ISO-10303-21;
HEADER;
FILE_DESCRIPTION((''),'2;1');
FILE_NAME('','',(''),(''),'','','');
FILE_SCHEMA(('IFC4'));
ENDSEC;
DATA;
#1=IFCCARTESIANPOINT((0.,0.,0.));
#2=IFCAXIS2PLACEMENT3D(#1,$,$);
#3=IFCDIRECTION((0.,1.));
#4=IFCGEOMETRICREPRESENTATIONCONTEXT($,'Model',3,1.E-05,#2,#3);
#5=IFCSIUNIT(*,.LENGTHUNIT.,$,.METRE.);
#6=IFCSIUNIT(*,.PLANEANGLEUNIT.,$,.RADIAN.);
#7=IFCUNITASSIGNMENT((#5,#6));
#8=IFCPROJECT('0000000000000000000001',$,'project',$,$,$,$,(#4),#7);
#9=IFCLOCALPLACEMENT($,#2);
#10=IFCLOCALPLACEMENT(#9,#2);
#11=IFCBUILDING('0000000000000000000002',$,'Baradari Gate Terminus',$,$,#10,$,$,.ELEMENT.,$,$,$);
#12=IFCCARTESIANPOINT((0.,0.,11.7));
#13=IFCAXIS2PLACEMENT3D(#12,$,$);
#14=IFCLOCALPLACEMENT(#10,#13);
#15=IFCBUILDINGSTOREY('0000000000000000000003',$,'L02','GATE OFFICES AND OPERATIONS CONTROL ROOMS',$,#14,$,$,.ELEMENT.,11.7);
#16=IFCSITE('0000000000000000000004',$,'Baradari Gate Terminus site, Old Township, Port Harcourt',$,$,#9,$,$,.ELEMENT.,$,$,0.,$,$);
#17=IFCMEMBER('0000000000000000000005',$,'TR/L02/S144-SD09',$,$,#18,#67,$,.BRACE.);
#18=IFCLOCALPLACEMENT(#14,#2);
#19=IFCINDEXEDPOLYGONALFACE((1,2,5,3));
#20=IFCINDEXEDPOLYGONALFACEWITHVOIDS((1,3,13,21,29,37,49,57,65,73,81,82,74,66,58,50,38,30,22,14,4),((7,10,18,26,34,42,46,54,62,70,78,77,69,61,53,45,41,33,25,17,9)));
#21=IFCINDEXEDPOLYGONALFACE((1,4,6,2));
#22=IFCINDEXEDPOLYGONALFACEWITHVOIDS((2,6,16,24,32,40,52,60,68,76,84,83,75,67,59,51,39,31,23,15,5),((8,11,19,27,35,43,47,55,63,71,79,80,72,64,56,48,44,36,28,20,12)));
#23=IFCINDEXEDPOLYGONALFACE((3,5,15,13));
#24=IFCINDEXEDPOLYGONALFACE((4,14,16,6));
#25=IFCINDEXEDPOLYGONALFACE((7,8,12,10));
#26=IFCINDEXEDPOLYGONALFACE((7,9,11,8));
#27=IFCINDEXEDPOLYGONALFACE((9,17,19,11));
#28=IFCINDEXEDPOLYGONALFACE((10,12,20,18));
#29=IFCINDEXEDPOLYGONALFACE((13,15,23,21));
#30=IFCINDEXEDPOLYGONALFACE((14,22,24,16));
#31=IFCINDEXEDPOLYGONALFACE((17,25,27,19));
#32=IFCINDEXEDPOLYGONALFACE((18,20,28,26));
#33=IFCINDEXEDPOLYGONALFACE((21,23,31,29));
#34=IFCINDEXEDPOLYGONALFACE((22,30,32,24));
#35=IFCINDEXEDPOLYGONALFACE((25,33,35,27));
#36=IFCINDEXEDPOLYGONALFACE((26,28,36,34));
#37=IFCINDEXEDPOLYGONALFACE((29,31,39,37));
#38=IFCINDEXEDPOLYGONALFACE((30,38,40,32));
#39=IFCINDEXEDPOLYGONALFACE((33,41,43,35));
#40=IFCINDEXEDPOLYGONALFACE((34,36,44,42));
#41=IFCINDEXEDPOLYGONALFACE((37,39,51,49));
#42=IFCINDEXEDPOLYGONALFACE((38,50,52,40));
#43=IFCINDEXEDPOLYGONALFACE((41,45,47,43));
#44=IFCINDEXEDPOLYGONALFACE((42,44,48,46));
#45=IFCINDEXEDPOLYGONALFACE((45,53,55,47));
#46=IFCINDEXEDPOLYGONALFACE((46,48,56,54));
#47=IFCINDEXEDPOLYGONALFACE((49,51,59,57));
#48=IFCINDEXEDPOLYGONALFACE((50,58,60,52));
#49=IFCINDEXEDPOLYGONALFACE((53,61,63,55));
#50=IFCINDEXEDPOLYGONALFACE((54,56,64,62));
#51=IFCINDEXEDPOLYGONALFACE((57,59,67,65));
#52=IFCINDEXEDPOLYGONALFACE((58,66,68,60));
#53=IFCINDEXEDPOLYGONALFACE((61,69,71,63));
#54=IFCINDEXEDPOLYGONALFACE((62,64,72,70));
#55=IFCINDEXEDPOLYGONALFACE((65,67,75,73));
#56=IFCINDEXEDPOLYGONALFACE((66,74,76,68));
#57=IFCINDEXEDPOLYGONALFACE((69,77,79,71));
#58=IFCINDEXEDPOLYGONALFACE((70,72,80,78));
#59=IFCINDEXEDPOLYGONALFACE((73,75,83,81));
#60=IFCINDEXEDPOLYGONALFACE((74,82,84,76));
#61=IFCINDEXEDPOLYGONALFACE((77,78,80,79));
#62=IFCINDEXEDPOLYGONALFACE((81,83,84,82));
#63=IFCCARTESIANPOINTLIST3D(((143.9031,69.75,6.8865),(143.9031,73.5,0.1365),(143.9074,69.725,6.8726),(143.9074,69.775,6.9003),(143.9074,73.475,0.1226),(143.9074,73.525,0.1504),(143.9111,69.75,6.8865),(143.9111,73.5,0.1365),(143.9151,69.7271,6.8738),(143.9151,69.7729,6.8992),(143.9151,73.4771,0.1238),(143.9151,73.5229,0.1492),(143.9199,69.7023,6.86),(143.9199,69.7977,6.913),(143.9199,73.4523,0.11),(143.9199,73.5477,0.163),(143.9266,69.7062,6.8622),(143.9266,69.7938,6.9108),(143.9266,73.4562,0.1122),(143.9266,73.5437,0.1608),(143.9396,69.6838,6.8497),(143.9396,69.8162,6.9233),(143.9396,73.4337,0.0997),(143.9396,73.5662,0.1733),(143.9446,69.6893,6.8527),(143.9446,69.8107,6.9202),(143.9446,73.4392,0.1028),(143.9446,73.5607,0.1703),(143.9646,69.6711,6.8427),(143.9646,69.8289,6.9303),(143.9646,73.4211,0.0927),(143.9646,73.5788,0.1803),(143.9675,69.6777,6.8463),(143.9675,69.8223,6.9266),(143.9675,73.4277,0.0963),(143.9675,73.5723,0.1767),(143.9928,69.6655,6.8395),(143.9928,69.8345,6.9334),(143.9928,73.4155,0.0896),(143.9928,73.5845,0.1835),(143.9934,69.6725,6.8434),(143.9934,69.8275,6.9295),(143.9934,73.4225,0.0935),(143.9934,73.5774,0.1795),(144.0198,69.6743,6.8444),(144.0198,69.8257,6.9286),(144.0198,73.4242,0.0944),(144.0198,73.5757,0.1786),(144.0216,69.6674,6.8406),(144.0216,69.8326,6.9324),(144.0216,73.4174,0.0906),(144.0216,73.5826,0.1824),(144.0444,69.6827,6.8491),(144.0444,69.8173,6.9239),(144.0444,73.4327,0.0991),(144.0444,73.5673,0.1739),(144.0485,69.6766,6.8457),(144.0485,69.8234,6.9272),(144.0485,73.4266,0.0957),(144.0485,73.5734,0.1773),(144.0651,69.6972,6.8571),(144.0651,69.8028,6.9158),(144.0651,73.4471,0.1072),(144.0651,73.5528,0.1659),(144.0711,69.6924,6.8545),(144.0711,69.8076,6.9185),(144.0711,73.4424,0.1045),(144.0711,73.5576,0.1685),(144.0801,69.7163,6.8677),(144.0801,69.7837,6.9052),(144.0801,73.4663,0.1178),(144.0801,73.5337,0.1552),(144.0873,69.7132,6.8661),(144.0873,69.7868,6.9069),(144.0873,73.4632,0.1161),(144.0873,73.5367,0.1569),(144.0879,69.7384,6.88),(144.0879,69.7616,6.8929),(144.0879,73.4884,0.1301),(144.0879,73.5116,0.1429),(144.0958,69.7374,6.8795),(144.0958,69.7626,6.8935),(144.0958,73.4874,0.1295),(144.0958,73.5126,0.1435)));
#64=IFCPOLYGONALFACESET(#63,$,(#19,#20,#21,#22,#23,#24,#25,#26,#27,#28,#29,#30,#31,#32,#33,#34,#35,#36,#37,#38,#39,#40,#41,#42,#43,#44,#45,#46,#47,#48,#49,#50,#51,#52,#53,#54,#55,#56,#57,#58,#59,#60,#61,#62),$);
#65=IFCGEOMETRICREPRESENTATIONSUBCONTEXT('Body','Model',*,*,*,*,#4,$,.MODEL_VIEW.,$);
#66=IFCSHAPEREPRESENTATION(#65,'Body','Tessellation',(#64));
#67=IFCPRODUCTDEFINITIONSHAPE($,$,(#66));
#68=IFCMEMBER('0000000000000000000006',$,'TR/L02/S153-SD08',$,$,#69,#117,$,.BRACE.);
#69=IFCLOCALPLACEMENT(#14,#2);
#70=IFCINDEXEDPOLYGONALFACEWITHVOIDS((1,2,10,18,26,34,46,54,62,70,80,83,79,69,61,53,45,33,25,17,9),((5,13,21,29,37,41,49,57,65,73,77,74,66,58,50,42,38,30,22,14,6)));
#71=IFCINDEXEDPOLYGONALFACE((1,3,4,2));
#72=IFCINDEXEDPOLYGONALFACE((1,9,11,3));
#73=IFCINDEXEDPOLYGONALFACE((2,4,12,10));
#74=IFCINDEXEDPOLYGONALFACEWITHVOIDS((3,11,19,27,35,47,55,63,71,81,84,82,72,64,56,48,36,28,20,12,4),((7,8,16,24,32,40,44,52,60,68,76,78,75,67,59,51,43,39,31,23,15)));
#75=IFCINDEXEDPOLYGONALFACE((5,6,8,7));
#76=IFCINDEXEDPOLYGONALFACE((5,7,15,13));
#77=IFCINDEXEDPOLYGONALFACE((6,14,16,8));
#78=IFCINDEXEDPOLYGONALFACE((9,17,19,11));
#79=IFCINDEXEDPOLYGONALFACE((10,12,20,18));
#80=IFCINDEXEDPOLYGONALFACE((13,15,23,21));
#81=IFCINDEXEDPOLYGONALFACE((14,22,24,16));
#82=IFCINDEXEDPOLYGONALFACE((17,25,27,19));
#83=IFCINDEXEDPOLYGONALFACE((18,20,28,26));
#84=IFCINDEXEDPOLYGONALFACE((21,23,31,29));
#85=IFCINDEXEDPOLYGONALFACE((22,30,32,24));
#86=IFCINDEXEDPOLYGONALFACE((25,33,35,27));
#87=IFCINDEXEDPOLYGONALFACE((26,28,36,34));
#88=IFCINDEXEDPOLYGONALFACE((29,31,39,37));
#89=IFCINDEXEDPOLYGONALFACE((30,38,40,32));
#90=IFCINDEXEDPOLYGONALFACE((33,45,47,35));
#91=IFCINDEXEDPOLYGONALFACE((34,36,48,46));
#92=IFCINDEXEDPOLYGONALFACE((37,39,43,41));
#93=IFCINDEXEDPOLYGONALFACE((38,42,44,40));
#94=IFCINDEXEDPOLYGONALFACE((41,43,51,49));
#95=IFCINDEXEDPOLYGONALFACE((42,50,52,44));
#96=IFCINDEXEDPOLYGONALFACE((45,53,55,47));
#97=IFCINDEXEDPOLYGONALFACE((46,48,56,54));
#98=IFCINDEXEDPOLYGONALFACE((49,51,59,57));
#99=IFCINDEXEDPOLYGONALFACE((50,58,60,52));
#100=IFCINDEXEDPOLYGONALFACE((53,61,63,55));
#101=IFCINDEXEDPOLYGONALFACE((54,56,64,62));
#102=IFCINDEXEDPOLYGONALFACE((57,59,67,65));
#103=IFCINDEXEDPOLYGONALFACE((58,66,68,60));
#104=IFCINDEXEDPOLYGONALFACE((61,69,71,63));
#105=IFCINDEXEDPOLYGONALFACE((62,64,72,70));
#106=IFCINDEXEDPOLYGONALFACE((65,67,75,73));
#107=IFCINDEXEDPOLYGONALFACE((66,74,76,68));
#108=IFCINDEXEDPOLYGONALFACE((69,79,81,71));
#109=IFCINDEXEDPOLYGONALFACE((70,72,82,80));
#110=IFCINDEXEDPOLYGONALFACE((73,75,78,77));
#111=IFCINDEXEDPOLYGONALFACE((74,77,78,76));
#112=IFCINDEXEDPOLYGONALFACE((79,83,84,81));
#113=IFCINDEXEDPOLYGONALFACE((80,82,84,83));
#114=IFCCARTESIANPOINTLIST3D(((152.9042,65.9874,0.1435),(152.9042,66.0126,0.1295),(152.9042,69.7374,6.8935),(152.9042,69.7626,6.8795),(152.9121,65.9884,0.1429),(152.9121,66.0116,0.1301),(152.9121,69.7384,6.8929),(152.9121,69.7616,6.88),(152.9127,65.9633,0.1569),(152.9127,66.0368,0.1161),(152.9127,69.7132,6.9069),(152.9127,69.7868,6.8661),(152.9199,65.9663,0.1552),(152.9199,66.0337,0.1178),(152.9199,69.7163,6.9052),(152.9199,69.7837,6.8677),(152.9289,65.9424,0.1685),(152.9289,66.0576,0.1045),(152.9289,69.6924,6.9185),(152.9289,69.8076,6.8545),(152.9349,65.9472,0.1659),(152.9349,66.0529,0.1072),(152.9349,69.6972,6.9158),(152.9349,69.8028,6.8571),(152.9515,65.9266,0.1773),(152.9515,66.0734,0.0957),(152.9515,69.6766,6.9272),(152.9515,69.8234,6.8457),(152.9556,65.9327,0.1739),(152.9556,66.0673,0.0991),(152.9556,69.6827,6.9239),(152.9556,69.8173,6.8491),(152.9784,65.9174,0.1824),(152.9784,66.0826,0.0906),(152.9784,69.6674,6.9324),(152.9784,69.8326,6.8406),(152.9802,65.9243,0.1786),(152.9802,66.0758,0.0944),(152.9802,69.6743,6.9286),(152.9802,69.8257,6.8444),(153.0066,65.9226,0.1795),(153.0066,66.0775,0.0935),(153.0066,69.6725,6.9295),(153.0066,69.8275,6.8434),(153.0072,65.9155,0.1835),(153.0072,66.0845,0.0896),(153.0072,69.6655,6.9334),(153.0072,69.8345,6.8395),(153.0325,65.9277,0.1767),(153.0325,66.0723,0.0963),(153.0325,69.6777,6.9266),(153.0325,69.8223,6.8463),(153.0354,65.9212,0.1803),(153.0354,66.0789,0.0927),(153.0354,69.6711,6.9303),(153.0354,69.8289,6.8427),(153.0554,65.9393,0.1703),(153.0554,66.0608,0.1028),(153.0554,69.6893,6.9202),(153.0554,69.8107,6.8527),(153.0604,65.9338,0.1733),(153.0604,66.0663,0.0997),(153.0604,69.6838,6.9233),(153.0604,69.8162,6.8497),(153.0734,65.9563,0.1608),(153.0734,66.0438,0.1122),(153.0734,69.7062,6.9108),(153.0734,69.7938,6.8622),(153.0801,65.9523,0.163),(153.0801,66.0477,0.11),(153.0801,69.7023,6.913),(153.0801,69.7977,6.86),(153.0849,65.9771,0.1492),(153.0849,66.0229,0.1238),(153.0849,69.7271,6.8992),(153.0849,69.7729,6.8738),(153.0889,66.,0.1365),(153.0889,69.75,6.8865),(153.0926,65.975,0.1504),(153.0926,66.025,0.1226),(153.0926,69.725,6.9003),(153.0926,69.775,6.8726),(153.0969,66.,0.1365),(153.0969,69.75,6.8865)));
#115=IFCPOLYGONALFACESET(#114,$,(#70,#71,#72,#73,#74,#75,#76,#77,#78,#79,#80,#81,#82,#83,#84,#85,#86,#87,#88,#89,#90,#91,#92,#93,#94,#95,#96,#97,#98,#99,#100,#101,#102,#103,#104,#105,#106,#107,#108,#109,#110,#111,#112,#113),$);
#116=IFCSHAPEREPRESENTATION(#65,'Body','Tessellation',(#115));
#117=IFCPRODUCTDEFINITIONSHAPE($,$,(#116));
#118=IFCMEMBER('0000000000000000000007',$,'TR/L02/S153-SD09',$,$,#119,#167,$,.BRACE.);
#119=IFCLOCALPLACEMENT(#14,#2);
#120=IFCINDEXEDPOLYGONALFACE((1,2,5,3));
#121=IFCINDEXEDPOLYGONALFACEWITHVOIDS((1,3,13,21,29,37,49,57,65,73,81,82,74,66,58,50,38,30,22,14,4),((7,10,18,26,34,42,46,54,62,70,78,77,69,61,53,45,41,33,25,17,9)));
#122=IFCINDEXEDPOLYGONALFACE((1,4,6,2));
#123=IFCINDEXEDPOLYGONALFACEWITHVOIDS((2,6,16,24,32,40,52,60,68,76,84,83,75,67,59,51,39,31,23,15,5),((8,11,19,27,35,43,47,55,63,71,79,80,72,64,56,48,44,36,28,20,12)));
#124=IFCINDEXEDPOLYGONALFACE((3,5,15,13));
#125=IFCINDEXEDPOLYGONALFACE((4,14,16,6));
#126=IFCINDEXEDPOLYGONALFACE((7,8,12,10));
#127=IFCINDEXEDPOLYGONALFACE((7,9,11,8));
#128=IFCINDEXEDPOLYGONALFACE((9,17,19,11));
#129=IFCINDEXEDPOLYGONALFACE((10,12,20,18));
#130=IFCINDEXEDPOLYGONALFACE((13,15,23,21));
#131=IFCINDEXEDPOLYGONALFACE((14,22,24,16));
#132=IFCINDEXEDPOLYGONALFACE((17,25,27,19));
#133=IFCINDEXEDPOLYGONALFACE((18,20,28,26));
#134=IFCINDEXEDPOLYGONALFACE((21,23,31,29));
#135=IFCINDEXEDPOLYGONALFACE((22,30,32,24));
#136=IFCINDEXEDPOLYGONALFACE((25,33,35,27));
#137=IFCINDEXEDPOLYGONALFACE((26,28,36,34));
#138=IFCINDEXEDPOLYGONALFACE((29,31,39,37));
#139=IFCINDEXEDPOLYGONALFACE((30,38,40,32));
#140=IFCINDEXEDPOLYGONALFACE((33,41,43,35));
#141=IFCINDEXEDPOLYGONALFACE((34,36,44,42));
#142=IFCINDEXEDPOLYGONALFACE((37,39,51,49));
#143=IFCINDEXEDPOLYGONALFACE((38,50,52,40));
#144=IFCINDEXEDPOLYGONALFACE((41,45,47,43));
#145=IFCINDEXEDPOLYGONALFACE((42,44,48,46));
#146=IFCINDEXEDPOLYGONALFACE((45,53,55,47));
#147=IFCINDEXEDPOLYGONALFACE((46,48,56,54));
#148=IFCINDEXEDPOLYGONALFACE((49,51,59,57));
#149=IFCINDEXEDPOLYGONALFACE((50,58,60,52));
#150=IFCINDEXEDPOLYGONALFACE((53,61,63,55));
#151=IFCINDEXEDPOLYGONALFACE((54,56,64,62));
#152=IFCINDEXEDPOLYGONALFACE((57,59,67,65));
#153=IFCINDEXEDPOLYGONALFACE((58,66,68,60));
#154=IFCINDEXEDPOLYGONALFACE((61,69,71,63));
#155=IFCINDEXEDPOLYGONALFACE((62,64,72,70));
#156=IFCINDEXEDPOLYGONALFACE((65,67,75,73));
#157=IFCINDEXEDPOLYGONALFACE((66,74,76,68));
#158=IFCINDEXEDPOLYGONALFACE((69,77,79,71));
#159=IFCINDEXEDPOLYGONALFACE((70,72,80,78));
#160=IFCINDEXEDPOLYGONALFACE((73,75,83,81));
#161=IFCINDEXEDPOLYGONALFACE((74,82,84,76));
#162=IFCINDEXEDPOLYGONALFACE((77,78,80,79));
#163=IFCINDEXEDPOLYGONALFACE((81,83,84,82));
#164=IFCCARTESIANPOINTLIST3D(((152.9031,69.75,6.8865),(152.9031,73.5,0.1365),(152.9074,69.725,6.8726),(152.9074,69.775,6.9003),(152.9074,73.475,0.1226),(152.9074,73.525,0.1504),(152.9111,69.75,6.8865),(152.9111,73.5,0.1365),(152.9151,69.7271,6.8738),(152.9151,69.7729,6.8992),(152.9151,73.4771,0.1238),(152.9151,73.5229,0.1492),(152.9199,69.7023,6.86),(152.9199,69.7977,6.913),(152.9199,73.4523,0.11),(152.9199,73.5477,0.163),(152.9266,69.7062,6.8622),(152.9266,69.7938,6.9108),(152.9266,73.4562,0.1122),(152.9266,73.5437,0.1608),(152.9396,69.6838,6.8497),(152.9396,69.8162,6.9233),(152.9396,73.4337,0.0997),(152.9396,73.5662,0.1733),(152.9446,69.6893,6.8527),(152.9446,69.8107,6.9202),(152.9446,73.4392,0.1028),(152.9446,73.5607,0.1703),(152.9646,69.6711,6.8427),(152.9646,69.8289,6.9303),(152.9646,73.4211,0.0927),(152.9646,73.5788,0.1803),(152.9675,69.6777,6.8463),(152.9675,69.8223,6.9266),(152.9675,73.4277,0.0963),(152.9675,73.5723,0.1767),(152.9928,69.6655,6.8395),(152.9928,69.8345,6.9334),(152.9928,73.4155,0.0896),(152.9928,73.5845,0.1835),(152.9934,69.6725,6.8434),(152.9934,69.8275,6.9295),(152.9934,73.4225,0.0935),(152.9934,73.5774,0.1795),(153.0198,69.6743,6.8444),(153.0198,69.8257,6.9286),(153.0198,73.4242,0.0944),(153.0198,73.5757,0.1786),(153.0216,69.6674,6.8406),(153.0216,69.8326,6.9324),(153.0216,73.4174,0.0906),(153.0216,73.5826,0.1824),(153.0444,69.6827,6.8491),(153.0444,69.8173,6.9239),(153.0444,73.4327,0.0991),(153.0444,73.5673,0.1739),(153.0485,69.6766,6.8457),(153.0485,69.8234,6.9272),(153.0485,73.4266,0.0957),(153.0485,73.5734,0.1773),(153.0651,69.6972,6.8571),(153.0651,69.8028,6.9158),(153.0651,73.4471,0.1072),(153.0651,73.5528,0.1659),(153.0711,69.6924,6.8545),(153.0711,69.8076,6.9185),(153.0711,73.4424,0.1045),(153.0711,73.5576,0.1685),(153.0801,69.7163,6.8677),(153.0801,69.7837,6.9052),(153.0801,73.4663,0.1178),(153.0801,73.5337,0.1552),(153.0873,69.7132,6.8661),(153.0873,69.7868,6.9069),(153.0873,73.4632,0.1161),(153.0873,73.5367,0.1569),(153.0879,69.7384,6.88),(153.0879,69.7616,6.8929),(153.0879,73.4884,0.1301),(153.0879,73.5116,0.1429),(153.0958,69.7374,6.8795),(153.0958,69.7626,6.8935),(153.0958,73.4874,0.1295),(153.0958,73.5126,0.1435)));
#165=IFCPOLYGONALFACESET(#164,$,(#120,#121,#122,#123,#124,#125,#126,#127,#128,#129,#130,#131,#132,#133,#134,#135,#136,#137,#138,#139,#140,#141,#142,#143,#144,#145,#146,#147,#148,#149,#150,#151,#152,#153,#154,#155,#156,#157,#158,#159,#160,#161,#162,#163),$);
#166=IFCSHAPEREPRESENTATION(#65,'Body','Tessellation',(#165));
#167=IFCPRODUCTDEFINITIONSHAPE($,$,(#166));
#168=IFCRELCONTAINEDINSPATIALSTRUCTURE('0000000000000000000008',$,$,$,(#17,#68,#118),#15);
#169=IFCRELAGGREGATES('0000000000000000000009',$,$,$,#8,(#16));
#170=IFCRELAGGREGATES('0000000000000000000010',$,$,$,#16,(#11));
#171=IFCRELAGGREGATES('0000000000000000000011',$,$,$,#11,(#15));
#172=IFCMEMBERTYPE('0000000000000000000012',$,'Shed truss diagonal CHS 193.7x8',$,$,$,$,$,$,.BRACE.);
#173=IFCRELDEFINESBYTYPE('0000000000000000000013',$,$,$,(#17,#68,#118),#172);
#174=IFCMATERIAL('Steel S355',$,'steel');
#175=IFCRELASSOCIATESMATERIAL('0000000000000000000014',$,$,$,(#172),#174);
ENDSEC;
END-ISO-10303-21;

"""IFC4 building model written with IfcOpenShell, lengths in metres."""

from ifc_helpers import new_model, si_unit, direction, frame, origin, origin_2d, place, context, subcontext, project, spatial, hollow_circle, extrude, material, material_profile, profile_set, type_object, element, save


model = new_model("IFC4")

# Units and contexts
model_context = context("Model", 3, precision=1e-05, world=origin(), true_north=direction((0.0, 1.0)))
body_context = subcontext(model_context, "Body", "Model", "MODEL_VIEW")
ifc_project = project(units=[si_unit("LENGTHUNIT", "METRE"), si_unit("PLANEANGLEUNIT", "RADIAN")], contexts=[model_context])

# Site, building, storey
site_placement = place(None, origin())
site = spatial("IfcSite", under=ifc_project, at=site_placement, Name="Baradari Gate Terminus site, Old Township, Port Harcourt", CompositionType="ELEMENT", RefElevation=0.0)
building_placement = place(site_placement, origin())
building = spatial("IfcBuilding", under=site, at=building_placement, Name="Baradari Gate Terminus", CompositionType="ELEMENT")
storey_placement = place(building_placement, frame((0.0, 0.0, 11.7)))
storey = spatial("IfcBuildingStorey", under=building, at=storey_placement, Name="L02", Description="GATE OFFICES AND OPERATIONS CONTROL ROOMS", CompositionType="ELEMENT", Elevation=11.7)

# Members
ifc_material_1 = material(Name="Steel S355", Category="steel")
ifc_material_profile_1 = material_profile(ifc_material_1, hollow_circle(Radius=0.0969, WallThickness=0.0081, at=origin_2d()), Name="CHS 193.7x8")
ifc_profile_set_1 = profile_set([ifc_material_profile_1], Name="Steel S355")
member_type_1 = type_object("IfcMemberType", Name="Shed truss diagonal CHS 193.7x8", PredefinedType="BRACE", material=ifc_profile_set_1)
for number, where, z_axis, x_axis, name in (
    (1, (144.0, 69.75, 6.8865), (0.0, 0.485643, -0.874157), (-1.0, 0.0, 0.0), "TR/L02/S144-SD09"),
    (2, (153.0, 69.75, 6.8865), (0.0, -0.485643, -0.874157), (1.0, 0.0, 0.0), "TR/L02/S153-SD08"),
    (3, (153.0, 69.75, 6.8865), (0.0, 0.485643, -0.874157), (-1.0, 0.0, 0.0), "TR/L02/S153-SD09"),
):
    element("IfcMember", number, at=place(storey_placement, frame(where, z_axis=z_axis, x_axis=x_axis)), inside=storey, type_object=member_type_1, Name=name, PredefinedType="BRACE", context=body_context, shape_type="SweptSolid", body=[
        extrude(hollow_circle(Radius=0.0969, WallThickness=0.0081, at=origin_2d()), origin(), (0.0, 0.0, 1.0), 7.7217),
    ])

save(model, "model.ifc")
